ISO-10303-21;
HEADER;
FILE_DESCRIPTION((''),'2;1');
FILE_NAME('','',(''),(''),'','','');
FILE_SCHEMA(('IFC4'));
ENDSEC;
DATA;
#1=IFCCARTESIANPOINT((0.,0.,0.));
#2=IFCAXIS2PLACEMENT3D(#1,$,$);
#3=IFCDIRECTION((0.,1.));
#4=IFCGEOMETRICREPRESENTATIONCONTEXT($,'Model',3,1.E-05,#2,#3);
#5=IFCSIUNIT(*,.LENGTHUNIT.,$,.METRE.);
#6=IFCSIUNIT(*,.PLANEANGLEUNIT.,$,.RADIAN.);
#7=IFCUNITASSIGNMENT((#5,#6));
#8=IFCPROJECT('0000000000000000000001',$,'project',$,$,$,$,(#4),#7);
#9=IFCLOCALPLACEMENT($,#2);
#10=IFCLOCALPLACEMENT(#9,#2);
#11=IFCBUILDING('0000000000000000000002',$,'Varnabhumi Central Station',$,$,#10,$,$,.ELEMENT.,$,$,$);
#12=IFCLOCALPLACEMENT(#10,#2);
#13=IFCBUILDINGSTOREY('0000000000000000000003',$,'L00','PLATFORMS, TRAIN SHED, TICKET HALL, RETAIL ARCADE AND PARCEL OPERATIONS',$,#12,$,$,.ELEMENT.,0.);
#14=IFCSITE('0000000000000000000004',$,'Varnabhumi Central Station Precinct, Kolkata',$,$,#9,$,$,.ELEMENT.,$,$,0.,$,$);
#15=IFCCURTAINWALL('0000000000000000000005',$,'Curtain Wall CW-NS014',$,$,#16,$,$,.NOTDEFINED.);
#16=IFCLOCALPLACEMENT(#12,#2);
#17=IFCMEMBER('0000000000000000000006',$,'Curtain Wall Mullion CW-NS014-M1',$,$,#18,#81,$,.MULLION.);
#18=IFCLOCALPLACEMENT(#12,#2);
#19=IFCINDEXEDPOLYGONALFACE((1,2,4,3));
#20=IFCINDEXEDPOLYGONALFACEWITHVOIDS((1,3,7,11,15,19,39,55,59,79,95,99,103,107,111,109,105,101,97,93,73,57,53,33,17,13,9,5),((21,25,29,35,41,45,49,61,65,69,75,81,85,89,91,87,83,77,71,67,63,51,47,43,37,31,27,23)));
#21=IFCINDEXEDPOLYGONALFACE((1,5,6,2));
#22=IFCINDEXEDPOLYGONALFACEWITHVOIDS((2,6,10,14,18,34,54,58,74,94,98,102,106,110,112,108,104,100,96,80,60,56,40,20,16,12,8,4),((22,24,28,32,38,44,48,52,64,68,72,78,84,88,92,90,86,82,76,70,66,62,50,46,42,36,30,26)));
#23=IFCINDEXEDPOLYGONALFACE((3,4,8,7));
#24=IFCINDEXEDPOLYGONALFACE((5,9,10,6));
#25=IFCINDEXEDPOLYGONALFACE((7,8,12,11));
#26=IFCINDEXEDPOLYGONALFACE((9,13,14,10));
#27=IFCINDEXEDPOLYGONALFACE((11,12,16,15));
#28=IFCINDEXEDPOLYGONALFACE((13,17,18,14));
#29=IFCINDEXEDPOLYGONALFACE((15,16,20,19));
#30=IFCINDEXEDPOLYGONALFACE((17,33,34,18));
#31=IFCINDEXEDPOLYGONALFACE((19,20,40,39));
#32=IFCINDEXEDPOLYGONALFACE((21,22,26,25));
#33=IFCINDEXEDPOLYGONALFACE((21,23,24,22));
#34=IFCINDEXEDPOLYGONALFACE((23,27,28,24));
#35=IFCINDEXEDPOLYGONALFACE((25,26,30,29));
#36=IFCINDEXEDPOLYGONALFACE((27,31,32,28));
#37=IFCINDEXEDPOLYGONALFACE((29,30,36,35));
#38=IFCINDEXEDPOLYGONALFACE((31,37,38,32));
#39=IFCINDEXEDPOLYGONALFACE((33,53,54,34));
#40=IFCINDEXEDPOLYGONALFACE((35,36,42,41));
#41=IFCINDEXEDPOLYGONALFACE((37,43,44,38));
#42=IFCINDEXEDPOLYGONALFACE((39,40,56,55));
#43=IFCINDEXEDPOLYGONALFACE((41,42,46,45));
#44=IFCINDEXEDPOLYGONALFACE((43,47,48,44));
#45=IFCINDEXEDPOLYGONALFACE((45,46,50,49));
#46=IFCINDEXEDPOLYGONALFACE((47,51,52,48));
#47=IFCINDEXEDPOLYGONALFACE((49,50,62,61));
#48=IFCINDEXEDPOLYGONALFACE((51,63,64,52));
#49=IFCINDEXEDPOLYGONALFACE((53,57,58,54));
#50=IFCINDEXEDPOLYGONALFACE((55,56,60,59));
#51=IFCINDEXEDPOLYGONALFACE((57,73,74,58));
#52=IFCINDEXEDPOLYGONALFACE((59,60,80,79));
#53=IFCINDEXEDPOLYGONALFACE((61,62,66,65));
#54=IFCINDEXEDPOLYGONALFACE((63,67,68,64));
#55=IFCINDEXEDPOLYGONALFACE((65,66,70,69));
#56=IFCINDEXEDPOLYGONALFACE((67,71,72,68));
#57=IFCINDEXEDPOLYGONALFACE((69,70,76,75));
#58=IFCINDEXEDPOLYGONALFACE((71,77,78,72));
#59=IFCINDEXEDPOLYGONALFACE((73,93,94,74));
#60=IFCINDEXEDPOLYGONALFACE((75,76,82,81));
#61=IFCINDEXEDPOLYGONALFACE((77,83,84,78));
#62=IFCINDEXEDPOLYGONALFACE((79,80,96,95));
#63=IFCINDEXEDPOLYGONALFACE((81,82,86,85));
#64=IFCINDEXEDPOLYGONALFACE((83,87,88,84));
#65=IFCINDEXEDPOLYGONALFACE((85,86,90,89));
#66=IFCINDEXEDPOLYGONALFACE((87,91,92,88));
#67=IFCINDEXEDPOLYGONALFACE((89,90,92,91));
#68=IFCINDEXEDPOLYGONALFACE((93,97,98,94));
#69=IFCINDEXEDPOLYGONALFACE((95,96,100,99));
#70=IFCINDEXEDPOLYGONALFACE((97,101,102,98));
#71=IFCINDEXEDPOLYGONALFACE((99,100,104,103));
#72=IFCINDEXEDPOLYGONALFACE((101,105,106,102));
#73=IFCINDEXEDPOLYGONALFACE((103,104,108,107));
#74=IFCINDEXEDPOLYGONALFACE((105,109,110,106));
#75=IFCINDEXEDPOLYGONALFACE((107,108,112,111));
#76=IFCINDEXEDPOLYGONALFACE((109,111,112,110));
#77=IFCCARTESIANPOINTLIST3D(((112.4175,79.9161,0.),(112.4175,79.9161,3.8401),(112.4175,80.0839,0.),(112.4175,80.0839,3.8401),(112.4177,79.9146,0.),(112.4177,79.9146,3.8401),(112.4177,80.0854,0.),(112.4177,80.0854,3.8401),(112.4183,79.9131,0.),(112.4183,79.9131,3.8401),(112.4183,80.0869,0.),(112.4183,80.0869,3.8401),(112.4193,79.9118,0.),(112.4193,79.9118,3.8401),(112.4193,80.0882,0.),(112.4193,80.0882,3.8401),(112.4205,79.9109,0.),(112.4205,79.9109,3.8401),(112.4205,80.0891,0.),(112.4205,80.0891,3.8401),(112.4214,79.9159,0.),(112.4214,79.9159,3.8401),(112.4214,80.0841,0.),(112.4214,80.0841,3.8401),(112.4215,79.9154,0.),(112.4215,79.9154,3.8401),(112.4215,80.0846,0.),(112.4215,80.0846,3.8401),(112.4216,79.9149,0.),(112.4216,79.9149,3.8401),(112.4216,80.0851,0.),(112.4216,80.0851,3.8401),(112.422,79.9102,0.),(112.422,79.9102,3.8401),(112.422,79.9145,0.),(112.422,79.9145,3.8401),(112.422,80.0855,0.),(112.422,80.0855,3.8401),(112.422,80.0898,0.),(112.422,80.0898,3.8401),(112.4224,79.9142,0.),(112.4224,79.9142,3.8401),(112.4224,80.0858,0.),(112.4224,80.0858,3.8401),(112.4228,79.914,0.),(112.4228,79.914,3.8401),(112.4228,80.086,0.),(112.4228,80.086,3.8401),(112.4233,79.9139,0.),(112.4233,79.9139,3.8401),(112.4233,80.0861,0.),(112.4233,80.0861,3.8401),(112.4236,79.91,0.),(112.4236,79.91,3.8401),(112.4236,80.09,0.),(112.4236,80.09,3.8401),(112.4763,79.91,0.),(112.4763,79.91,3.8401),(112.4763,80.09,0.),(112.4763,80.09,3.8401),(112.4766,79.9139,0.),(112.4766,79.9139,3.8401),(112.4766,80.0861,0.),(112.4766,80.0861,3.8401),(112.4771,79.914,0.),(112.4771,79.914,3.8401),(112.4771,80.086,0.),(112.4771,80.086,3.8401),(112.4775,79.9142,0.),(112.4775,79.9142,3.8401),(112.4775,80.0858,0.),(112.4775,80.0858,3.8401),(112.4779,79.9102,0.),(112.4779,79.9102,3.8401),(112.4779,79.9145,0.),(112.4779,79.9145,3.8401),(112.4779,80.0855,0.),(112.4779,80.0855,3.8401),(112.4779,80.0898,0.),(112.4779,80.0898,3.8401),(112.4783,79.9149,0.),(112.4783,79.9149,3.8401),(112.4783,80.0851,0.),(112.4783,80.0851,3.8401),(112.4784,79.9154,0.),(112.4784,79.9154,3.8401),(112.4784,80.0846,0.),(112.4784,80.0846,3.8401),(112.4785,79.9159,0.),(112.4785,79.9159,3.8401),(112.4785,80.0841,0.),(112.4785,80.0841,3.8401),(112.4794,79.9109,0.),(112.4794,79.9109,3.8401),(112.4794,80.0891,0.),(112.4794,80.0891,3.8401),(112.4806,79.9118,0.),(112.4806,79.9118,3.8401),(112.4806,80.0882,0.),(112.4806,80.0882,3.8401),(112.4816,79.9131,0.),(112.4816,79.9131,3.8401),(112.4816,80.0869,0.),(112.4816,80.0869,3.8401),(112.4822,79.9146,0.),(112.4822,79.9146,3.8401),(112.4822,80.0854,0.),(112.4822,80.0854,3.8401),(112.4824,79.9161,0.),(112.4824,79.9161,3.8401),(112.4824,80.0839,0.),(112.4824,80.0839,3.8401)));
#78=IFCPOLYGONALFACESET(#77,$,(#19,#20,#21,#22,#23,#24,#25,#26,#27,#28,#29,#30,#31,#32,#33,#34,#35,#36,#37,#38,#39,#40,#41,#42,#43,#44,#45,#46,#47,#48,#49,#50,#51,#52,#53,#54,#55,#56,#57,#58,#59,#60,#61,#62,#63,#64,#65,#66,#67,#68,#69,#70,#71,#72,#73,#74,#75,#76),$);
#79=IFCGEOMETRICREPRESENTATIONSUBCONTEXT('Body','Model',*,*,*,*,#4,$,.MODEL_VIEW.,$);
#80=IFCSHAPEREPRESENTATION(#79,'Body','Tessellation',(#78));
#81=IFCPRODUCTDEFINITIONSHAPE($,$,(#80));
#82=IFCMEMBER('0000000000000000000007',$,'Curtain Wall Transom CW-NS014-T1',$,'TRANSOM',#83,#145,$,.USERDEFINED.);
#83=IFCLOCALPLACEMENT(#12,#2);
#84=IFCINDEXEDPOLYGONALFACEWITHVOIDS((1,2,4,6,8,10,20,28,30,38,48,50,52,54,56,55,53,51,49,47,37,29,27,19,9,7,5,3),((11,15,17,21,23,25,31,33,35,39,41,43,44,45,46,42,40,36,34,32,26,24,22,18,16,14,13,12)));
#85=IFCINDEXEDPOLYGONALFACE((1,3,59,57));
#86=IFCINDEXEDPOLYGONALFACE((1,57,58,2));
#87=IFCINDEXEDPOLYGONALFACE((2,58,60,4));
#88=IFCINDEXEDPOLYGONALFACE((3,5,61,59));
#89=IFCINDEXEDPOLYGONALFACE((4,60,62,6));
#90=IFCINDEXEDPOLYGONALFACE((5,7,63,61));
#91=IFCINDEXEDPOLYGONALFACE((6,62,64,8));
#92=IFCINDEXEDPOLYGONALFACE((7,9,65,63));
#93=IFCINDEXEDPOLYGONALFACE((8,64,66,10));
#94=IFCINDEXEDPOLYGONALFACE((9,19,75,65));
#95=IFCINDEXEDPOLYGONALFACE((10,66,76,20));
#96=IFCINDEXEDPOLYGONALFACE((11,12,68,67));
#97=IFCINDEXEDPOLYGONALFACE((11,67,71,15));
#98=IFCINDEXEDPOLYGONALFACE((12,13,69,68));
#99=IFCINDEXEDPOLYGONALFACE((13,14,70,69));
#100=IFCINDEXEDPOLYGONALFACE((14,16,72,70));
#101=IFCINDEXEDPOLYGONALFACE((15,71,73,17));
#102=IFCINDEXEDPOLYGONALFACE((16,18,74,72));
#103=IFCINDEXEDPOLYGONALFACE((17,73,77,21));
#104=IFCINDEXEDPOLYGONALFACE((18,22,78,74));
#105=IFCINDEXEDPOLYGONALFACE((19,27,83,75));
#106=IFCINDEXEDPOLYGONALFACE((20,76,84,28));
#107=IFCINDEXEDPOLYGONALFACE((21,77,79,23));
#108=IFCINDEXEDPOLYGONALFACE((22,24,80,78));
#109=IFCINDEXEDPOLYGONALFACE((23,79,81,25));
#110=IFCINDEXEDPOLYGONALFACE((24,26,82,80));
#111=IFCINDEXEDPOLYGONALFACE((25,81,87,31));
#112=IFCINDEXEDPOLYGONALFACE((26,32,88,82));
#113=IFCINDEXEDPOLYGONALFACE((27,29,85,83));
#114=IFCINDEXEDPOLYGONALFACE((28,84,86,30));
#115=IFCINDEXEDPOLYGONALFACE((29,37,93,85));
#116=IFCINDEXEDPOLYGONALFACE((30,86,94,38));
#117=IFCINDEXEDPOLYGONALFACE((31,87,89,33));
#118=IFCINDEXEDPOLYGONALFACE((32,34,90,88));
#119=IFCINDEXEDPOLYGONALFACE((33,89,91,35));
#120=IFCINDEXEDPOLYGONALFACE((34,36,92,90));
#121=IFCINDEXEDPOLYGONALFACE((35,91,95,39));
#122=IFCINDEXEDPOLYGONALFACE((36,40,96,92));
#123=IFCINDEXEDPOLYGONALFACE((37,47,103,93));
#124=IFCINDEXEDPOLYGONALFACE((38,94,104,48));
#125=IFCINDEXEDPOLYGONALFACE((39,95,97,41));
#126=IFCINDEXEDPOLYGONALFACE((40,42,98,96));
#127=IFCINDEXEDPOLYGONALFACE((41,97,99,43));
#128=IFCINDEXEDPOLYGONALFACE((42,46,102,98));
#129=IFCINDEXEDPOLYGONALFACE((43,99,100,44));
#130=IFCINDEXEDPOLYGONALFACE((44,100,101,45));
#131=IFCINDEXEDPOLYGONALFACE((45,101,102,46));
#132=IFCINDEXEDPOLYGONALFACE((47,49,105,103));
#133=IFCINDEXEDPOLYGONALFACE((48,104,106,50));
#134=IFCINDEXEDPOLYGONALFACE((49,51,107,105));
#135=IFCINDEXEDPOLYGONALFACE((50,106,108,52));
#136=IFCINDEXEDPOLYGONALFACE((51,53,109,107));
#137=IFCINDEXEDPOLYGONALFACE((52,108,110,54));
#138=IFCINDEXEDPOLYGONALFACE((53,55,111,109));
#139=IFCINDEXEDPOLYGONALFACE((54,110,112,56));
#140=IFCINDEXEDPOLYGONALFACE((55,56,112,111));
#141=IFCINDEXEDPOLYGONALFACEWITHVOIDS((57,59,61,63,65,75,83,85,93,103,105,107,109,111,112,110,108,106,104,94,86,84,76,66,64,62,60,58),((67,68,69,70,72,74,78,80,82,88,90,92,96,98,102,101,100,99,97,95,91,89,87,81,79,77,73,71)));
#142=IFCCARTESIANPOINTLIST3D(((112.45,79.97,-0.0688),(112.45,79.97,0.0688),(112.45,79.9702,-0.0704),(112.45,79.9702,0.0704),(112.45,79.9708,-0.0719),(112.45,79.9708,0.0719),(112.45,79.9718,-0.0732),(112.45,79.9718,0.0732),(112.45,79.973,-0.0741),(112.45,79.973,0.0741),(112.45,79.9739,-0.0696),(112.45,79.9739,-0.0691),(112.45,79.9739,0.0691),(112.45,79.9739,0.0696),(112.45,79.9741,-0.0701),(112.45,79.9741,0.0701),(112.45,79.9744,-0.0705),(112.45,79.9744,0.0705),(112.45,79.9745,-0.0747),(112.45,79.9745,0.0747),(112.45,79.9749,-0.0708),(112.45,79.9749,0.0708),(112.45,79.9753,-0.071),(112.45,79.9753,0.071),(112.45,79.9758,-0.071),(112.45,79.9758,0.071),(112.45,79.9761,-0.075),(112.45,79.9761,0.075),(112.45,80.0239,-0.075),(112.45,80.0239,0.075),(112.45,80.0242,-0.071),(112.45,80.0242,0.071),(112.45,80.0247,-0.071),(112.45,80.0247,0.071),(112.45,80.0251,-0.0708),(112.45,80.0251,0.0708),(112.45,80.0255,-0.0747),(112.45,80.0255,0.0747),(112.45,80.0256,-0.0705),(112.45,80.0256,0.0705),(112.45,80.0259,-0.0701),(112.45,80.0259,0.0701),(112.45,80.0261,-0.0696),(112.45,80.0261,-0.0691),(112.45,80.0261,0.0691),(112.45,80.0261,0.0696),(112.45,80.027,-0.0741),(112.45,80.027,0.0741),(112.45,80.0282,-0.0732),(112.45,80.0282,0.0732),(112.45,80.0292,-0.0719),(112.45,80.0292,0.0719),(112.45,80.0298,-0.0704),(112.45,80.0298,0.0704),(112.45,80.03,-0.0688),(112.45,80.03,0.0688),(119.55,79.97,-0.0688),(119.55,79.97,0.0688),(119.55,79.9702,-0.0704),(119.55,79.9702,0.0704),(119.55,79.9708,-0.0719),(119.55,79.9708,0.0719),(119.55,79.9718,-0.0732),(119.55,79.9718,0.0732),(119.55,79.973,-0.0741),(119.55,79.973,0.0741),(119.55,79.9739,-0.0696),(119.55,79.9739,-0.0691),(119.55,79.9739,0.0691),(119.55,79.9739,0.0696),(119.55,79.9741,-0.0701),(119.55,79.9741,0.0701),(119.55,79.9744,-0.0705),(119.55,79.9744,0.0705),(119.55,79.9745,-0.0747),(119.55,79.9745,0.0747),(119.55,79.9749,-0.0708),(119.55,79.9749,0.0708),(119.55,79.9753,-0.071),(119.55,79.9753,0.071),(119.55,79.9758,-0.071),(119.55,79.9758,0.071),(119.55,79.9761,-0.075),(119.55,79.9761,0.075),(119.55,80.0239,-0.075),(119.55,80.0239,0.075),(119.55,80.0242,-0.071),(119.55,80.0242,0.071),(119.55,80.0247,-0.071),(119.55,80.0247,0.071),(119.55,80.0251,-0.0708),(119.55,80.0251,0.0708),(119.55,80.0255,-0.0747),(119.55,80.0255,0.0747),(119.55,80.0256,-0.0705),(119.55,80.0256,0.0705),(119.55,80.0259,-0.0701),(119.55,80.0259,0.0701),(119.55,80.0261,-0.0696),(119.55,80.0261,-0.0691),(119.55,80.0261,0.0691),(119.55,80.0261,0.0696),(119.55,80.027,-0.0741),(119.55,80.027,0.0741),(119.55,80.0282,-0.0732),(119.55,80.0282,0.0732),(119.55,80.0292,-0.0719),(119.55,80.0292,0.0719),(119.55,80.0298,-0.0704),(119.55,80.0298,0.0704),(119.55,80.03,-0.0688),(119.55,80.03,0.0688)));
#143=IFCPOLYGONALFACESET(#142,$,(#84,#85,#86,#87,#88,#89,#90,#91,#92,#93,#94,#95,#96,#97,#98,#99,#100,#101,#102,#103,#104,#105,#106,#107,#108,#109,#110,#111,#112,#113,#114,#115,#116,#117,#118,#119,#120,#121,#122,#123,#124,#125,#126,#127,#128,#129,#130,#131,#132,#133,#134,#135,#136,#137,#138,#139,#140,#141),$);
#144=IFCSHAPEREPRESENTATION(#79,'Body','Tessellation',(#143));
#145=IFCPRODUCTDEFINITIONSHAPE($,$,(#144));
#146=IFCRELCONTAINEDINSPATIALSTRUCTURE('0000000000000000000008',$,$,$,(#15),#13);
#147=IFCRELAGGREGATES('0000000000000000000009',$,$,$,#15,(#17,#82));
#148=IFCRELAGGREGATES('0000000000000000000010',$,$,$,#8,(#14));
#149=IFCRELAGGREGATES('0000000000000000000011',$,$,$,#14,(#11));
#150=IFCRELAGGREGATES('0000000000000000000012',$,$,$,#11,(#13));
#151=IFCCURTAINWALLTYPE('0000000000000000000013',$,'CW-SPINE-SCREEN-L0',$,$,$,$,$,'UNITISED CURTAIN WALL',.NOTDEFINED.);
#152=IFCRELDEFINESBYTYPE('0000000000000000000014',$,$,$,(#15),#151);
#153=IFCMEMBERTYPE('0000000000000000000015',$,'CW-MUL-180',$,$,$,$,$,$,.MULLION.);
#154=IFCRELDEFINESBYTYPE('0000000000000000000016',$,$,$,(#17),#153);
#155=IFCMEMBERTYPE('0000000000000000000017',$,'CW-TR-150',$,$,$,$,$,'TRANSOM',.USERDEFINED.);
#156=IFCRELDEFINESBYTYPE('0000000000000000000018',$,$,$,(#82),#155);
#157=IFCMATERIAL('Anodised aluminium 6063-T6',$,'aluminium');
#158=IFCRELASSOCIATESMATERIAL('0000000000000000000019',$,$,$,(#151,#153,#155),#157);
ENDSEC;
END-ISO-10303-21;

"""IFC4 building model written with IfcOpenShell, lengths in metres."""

from ifc_helpers import new_model, si_unit, direction, frame, origin, origin_2d, place, context, subcontext, project, spatial, hollow_rectangle, extrude, material, material_profile, profile_set, type_object, element, aggregate, save


model = new_model("IFC4")

# Units and contexts
model_context = context("Model", 3, precision=1e-05, world=origin(), true_north=direction((0.0, 1.0)))
body_context = subcontext(model_context, "Body", "Model", "MODEL_VIEW")
ifc_project = project(units=[si_unit("LENGTHUNIT", "METRE"), si_unit("PLANEANGLEUNIT", "RADIAN")], contexts=[model_context])

# Site, building, storey
site_placement = place(None, origin())
site = spatial("IfcSite", under=ifc_project, at=site_placement, Name="Varnabhumi Central Station Precinct, Kolkata", CompositionType="ELEMENT", RefElevation=0.0)
building_placement = place(site_placement, origin())
building = spatial("IfcBuilding", under=site, at=building_placement, Name="Varnabhumi Central Station", CompositionType="ELEMENT")
storey_placement = place(building_placement, origin())
storey = spatial("IfcBuildingStorey", under=building, at=storey_placement, Name="L00", Description="PLATFORMS, TRAIN SHED, TICKET HALL, RETAIL ARCADE AND PARCEL OPERATIONS", CompositionType="ELEMENT", Elevation=0.0)

# Curtain wall, members
ifc_material_1 = material(Name="Anodised aluminium 6063-T6", Category="aluminium")
curtain_wall_type = type_object("IfcCurtainWallType", Name="CW-SPINE-SCREEN-L0", ElementType="UNITISED CURTAIN WALL", PredefinedType="NOTDEFINED", material=ifc_material_1)
curtain_wall_placement = place(storey_placement, origin())
curtain_wall = element("IfcCurtainWall", 1, at=curtain_wall_placement, inside=storey, type_object=curtain_wall_type, Name="Curtain Wall CW-NS014", PredefinedType="NOTDEFINED")
ifc_material_profile_1 = material_profile(ifc_material_1, hollow_rectangle(XDim=0.0649, YDim=0.1799, WallThickness=0.0039, InnerFilletRadius=0.002, OuterFilletRadius=0.0061, at=origin_2d()), Name="Anodised aluminium 6063-T6", Category="aluminium")
ifc_profile_set_1 = profile_set([ifc_material_profile_1], Name="Anodised aluminium 6063-T6")
member_type_1 = type_object("IfcMemberType", Name="CW-MUL-180", PredefinedType="MULLION", material=ifc_profile_set_1)
member_1_placement = place(storey_placement, frame((112.45, 80.0, 0.0), z_axis=(0.0, 0.0, 1.0), x_axis=(1.0, 0.0, 0.0)))
member_1 = element("IfcMember", 2, at=member_1_placement, type_object=member_type_1, Name="Curtain Wall Mullion CW-NS014-M1", PredefinedType="MULLION", context=body_context, shape_type="SweptSolid", body=[
    extrude(hollow_rectangle(XDim=0.0649, YDim=0.1799, WallThickness=0.0039, InnerFilletRadius=0.002, OuterFilletRadius=0.0061, at=origin_2d()), origin(), (0.0, 0.0, 1.0), 3.8401),
])
ifc_material_profile_2 = material_profile(ifc_material_1, hollow_rectangle(XDim=0.0601, YDim=0.1499, WallThickness=0.0039, InnerFilletRadius=0.002, OuterFilletRadius=0.0061, at=origin_2d()), Name="Anodised aluminium 6063-T6", Category="aluminium")
ifc_profile_set_2 = profile_set([ifc_material_profile_2], Name="Anodised aluminium 6063-T6")
member_type_2 = type_object("IfcMemberType", Name="CW-TR-150", ElementType="TRANSOM", PredefinedType="USERDEFINED", material=ifc_profile_set_2)
member_2_placement = place(storey_placement, frame((112.45, 80.0, 0.0), z_axis=(1.0, 0.0, 0.0), x_axis=(0.0, 1.0, 0.0)))
member_2 = element("IfcMember", 3, at=member_2_placement, type_object=member_type_2, Name="Curtain Wall Transom CW-NS014-T1", ObjectType="TRANSOM", PredefinedType="USERDEFINED", context=body_context, shape_type="SweptSolid", body=[
    extrude(hollow_rectangle(XDim=0.0601, YDim=0.1499, WallThickness=0.0039, InnerFilletRadius=0.002, OuterFilletRadius=0.0061, at=origin_2d()), origin(), (0.0, 0.0, 1.0), 7.1001),
])
aggregate(curtain_wall, [member_1, member_2])

save(model, "model.ifc")
